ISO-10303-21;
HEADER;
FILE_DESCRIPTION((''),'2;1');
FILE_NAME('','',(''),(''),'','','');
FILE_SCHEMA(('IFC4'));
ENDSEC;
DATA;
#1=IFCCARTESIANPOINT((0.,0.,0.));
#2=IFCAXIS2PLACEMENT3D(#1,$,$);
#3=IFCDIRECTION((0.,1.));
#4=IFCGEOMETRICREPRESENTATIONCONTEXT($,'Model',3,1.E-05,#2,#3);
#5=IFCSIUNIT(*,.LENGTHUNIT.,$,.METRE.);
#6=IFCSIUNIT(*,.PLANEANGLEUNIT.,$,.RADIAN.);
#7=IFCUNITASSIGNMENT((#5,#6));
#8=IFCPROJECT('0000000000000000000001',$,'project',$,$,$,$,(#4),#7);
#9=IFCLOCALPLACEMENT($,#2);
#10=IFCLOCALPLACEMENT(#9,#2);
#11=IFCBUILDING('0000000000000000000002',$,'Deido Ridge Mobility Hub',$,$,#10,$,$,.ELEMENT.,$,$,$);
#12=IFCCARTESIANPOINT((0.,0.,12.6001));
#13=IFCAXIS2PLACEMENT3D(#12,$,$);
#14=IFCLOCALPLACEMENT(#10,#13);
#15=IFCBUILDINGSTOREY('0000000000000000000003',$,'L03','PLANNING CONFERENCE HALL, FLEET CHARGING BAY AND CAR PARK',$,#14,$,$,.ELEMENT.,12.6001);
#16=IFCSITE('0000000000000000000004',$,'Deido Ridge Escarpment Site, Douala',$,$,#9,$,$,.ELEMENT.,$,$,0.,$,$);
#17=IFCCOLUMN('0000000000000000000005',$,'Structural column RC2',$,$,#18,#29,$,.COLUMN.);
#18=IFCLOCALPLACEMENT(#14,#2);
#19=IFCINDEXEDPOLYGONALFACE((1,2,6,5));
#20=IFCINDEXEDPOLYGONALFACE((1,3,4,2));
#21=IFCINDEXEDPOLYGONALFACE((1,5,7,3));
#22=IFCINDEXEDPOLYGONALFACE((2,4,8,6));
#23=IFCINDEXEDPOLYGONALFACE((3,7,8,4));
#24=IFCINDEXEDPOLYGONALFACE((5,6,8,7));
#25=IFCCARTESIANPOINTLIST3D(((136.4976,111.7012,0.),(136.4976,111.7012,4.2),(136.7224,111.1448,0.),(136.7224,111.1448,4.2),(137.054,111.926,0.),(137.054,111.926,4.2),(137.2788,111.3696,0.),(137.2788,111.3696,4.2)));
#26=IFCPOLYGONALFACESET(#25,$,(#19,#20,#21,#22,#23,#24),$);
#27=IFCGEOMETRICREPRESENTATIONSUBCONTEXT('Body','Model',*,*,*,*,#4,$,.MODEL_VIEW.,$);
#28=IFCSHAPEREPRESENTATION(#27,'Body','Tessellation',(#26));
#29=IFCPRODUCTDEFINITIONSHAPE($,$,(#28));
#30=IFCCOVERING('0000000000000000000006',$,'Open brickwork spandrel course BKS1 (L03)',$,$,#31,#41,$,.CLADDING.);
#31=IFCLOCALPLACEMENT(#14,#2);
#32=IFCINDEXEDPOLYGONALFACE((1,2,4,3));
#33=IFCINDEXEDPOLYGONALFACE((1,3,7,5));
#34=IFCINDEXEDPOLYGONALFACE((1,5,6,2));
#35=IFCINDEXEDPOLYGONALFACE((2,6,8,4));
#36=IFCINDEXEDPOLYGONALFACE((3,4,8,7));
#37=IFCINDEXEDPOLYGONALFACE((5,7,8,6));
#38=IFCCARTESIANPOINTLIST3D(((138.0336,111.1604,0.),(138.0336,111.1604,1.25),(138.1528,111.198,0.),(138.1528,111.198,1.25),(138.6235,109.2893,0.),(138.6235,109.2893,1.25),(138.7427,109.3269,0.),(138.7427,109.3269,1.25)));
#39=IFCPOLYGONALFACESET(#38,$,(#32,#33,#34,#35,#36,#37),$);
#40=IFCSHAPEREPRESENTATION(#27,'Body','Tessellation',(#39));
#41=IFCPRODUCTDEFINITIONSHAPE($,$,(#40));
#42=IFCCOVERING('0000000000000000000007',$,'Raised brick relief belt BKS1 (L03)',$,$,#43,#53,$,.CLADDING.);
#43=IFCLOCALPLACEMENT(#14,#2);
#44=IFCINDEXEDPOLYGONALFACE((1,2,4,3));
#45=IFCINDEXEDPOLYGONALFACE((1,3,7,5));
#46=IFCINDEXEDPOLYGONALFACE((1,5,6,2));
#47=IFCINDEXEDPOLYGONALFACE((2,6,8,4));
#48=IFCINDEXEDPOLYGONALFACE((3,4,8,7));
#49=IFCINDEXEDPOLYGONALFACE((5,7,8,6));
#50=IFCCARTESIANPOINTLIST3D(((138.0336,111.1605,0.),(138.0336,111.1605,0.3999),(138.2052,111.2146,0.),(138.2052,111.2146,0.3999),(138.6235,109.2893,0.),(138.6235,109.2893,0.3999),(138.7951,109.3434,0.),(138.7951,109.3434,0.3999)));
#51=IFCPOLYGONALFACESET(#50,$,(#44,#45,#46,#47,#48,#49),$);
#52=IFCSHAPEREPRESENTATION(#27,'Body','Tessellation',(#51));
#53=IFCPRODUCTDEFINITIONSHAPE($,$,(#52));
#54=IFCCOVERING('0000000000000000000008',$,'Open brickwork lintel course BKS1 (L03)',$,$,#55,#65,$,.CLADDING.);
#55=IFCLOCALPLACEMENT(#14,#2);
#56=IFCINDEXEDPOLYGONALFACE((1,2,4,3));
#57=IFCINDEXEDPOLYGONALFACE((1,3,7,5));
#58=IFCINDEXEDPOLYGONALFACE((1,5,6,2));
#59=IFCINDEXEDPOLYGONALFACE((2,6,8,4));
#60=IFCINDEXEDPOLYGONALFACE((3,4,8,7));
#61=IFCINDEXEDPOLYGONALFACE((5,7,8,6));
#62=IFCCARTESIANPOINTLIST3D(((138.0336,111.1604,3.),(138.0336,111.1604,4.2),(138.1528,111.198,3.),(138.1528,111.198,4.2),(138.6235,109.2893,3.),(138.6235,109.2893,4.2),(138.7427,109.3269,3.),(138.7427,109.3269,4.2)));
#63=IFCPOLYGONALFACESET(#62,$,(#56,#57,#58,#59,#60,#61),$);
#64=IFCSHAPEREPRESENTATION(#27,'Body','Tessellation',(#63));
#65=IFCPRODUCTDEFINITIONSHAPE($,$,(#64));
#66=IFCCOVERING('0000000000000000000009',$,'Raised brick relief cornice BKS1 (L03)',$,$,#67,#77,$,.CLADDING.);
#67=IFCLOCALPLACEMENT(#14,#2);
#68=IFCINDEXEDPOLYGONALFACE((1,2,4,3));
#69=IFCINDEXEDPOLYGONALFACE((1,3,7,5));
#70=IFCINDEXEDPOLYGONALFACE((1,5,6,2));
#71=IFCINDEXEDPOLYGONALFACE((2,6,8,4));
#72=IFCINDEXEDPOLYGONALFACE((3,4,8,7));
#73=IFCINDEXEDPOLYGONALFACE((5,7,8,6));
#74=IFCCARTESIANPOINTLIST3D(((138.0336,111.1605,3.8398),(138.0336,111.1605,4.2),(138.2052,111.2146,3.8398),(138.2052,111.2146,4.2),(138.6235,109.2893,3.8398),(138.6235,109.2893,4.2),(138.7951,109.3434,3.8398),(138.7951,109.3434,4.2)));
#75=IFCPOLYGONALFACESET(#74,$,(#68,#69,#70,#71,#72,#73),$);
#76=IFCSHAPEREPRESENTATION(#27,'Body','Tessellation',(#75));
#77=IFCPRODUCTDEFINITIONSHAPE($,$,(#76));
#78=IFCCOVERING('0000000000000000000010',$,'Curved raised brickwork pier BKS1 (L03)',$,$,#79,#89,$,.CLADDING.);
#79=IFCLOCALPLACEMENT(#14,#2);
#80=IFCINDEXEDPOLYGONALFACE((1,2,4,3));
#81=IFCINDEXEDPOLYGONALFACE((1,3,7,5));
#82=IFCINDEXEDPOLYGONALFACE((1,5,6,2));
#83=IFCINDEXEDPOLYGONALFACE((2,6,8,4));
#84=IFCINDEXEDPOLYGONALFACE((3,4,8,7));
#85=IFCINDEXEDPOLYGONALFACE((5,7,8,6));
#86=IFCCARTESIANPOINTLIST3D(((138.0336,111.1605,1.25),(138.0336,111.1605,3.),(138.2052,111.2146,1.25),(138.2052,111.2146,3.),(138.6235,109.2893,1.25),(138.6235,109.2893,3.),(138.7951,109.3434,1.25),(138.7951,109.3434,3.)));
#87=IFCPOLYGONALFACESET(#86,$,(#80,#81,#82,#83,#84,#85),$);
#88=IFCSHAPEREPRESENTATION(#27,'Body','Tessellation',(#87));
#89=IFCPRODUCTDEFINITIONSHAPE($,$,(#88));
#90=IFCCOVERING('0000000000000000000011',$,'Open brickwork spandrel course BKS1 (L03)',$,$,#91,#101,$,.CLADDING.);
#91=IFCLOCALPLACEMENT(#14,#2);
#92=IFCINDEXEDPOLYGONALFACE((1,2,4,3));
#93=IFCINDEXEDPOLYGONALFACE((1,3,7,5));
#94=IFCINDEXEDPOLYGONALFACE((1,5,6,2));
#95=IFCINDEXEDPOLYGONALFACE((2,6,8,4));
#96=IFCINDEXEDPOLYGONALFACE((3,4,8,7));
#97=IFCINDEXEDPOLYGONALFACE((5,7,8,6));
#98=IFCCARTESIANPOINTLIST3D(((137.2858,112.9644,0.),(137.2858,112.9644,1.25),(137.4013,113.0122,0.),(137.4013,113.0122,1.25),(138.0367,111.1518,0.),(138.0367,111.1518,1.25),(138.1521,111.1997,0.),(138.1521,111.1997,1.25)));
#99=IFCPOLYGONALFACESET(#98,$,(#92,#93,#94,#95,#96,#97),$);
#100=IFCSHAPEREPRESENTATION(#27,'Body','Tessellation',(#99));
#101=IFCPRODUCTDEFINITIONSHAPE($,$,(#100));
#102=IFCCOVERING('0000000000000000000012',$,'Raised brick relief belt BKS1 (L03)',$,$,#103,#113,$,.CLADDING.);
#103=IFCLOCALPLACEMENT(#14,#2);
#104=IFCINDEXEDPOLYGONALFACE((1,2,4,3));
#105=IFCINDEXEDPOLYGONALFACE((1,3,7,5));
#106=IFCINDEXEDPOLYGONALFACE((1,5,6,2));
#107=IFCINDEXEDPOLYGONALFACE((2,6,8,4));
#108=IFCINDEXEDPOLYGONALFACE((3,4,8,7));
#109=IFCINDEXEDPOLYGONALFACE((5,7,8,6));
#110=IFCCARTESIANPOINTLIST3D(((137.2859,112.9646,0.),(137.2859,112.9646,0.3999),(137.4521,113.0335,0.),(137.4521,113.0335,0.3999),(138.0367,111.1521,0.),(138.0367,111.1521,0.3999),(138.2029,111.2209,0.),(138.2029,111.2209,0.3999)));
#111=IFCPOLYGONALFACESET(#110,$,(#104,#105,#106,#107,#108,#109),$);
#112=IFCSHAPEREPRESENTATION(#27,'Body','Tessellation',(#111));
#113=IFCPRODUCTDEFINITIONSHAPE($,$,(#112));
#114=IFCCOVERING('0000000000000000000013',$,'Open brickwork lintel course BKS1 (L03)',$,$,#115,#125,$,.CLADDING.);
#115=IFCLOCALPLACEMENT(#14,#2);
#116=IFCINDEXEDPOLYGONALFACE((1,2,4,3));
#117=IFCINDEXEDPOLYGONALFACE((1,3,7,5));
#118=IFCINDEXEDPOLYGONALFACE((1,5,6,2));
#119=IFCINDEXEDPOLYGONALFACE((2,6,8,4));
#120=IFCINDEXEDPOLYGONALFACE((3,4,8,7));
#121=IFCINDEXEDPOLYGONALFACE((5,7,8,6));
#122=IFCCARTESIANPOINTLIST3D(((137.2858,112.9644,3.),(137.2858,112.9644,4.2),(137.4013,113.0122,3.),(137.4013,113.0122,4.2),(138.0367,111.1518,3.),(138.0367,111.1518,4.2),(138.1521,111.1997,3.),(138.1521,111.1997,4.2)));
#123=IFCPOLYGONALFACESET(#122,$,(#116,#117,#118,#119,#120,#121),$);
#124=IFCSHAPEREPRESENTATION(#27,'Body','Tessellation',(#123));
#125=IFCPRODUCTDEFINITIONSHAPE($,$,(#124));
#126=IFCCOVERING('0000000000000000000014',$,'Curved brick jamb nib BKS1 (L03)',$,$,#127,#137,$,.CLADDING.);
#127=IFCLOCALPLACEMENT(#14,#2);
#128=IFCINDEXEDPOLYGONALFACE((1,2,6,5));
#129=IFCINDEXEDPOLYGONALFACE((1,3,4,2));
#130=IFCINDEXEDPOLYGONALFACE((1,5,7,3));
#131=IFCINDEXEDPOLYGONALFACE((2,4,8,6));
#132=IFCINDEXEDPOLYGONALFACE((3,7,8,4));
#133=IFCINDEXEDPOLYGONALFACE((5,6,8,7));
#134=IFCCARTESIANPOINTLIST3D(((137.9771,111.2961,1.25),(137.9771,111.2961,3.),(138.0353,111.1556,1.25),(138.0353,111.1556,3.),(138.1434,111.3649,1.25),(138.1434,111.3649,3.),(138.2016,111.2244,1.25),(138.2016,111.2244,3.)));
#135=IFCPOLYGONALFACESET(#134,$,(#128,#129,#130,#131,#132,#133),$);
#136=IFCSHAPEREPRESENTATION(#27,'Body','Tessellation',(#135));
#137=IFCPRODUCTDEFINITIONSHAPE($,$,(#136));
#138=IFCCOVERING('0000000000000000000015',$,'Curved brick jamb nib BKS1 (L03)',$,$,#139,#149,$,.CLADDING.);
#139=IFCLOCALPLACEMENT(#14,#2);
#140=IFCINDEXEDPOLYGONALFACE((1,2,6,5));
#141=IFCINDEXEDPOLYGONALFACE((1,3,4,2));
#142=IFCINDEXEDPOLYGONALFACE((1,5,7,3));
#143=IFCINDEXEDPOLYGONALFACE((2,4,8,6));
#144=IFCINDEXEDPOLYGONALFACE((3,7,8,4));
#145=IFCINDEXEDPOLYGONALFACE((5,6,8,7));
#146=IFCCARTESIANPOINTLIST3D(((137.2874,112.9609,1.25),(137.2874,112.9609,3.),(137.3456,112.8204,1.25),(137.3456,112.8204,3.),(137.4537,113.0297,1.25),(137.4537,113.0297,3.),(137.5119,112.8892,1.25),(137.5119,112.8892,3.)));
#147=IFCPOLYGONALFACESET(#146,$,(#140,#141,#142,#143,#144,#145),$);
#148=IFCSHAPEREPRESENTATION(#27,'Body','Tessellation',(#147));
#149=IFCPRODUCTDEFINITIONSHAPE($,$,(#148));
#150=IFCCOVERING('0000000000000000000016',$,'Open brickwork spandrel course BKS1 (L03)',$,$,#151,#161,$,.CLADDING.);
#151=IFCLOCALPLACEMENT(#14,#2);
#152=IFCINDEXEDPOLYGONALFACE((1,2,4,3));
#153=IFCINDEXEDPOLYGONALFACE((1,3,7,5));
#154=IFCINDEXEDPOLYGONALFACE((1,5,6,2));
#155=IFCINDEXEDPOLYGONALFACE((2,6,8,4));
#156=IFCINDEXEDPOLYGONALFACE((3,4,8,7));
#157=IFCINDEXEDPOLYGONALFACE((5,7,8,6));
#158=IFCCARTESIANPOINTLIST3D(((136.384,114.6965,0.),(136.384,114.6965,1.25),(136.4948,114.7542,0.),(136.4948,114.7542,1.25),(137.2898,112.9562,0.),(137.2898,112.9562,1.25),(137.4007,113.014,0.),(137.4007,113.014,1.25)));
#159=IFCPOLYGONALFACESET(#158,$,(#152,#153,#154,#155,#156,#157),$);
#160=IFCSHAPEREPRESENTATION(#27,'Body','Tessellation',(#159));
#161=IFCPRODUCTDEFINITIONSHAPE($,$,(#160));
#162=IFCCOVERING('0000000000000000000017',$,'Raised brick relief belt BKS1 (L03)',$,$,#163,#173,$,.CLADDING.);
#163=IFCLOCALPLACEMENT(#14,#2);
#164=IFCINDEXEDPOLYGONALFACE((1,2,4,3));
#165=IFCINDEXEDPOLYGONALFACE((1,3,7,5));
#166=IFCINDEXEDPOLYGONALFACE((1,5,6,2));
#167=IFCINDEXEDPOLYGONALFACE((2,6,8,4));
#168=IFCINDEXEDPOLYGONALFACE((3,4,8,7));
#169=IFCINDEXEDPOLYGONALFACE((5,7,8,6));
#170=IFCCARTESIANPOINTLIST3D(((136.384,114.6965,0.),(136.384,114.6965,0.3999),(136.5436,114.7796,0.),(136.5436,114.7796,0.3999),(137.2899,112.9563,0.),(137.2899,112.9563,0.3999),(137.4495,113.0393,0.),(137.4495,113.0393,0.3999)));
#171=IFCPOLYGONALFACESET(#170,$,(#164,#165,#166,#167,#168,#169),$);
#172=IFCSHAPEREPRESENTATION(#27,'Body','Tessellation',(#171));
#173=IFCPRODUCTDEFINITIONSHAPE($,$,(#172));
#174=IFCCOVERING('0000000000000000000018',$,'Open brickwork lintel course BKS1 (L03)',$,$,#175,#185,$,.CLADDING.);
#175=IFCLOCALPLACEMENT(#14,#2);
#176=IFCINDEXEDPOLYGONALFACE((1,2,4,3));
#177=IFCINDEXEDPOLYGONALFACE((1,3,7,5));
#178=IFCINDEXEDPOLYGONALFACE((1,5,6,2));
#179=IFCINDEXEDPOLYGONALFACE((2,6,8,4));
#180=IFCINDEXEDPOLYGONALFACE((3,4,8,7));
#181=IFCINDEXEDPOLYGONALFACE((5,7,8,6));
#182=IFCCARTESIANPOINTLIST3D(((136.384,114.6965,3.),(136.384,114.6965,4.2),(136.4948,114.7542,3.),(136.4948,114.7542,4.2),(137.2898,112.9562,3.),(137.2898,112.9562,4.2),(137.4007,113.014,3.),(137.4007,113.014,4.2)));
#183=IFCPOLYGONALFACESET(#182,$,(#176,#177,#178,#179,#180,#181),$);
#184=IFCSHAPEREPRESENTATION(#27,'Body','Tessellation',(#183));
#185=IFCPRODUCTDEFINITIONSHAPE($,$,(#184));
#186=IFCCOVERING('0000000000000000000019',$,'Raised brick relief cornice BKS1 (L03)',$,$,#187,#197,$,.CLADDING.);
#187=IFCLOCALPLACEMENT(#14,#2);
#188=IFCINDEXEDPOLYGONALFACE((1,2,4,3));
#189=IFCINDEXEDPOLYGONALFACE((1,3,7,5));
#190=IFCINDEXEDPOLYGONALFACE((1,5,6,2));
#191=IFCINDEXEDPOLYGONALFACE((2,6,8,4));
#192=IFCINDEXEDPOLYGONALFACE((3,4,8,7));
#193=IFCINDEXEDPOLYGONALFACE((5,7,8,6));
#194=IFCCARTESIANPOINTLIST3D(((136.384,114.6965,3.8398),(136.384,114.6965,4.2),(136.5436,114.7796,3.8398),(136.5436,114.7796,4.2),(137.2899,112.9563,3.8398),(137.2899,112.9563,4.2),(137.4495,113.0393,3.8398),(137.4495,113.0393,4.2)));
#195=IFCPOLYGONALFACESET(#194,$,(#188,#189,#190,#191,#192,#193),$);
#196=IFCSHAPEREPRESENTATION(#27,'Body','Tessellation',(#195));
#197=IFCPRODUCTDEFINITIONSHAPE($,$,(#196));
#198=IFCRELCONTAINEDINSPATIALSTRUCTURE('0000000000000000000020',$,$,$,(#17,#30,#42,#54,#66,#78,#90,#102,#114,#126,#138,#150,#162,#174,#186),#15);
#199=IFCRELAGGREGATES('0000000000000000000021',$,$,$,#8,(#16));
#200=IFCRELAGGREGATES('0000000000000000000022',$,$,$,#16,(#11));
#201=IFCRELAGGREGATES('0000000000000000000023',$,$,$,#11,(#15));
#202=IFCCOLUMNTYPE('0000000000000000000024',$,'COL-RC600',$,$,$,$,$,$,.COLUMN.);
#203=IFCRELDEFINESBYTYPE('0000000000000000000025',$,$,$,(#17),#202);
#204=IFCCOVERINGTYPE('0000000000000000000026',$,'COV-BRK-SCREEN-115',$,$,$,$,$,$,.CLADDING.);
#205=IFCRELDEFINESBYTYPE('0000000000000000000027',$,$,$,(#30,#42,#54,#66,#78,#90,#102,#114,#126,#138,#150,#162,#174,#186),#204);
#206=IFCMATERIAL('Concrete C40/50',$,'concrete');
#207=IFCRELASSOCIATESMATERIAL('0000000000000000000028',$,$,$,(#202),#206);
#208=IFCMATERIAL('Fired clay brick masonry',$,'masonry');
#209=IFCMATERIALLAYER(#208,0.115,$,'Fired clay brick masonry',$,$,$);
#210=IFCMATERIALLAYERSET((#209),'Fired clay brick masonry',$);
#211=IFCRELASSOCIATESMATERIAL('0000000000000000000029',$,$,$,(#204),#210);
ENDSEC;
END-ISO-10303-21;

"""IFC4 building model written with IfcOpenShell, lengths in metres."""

from ifc_helpers import new_model, si_unit, direction, frame, origin, origin_2d, place, context, subcontext, project, spatial, rectangle, extrude, material, layer, layer_set, material_profile, profile_set, type_object, element, save


model = new_model("IFC4")

# Units and contexts
model_context = context("Model", 3, precision=1e-05, world=origin(), true_north=direction((0.0, 1.0)))
body_context = subcontext(model_context, "Body", "Model", "MODEL_VIEW")
ifc_project = project(units=[si_unit("LENGTHUNIT", "METRE"), si_unit("PLANEANGLEUNIT", "RADIAN")], contexts=[model_context])

# Site, building, storey
site_placement = place(None, origin())
site = spatial("IfcSite", under=ifc_project, at=site_placement, Name="Deido Ridge Escarpment Site, Douala", CompositionType="ELEMENT", RefElevation=0.0)
building_placement = place(site_placement, origin())
building = spatial("IfcBuilding", under=site, at=building_placement, Name="Deido Ridge Mobility Hub", CompositionType="ELEMENT")
storey_placement = place(building_placement, frame((0.0, 0.0, 12.6001)))
storey = spatial("IfcBuildingStorey", under=building, at=storey_placement, Name="L03", Description="PLANNING CONFERENCE HALL, FLEET CHARGING BAY AND CAR PARK", CompositionType="ELEMENT", Elevation=12.6001)

# Column
ifc_material_1 = material(Name="Concrete C40/50", Category="concrete")
ifc_material_profile = material_profile(ifc_material_1, rectangle(XDim=0.6001, YDim=0.6001, at=origin_2d()), Name="RC COL 600x600")
ifc_profile_set = profile_set([ifc_material_profile], Name="Concrete C40/50")
column_type = type_object("IfcColumnType", Name="COL-RC600", PredefinedType="COLUMN", material=ifc_profile_set)
column_placement = place(storey_placement, frame((136.8882, 111.5354, 0.0), z_axis=(0.0, 0.0, 1.0), x_axis=(0.927184, 0.374607, 0.0)))
element("IfcColumn", 1, at=column_placement, inside=storey, type_object=column_type, Name="Structural column RC2", PredefinedType="COLUMN", context=body_context, shape_type="SweptSolid", body=[
    extrude(rectangle(XDim=0.6001, YDim=0.6001, at=origin_2d()), origin(), (0.0, 0.0, 1.0), 4.2),
])

# Coverings
ifc_material_2 = material(Name="Fired clay brick masonry", Category="masonry")
ifc_layer = layer(ifc_material_2, 0.115, Name="Fired clay brick masonry")
ifc_layer_set = layer_set([ifc_layer], Name="Fired clay brick masonry")
covering_type = type_object("IfcCoveringType", Name="COV-BRK-SCREEN-115", PredefinedType="CLADDING", material=ifc_layer_set)
covering_1_placement = place(storey_placement, frame((138.3882, 110.2437, 0.0), z_axis=(0.0, 0.0, 1.0), x_axis=(-0.300673, 0.953727, 0.0)))
element("IfcCovering", 2, at=covering_1_placement, inside=storey, type_object=covering_type, Name="Open brickwork spandrel course BKS1 (L03)", PredefinedType="CLADDING", context=body_context, shape_type="SweptSolid", body=[
    extrude(rectangle(XDim=1.9619, YDim=0.125, at=origin_2d()), origin(), (0.0, 0.0, 1.0), 1.25),
])
covering_2_placement = place(storey_placement, frame((138.4143, 110.252, 0.0), z_axis=(0.0, 0.0, 1.0), x_axis=(-0.300673, 0.953727, 0.0)))
element("IfcCovering", 3, at=covering_2_placement, inside=storey, type_object=covering_type, Name="Raised brick relief belt BKS1 (L03)", PredefinedType="CLADDING", context=body_context, shape_type="SweptSolid", body=[
    extrude(rectangle(XDim=1.9619, YDim=0.1799, at=origin_2d()), origin(), (0.0, 0.0, 1.0), 0.3999),
])
covering_3_placement = place(storey_placement, frame((138.3882, 110.2437, 3.0), z_axis=(0.0, 0.0, 1.0), x_axis=(-0.300673, 0.953727, 0.0)))
element("IfcCovering", 4, at=covering_3_placement, inside=storey, type_object=covering_type, Name="Open brickwork lintel course BKS1 (L03)", PredefinedType="CLADDING", context=body_context, shape_type="SweptSolid", body=[
    extrude(rectangle(XDim=1.9619, YDim=0.125, at=origin_2d()), origin(), (0.0, 0.0, 1.0), 1.2),
])
covering_4_placement = place(storey_placement, frame((138.4143, 110.252, 3.8398), z_axis=(0.0, 0.0, 1.0), x_axis=(-0.300673, 0.953727, 0.0)))
element("IfcCovering", 5, at=covering_4_placement, inside=storey, type_object=covering_type, Name="Raised brick relief cornice BKS1 (L03)", PredefinedType="CLADDING", context=body_context, shape_type="SweptSolid", body=[
    extrude(rectangle(XDim=1.9619, YDim=0.1799, at=origin_2d()), origin(), (0.0, 0.0, 1.0), 0.3601),
])
covering_5_placement = place(storey_placement, frame((138.4143, 110.252, 1.25), z_axis=(0.0, 0.0, 1.0), x_axis=(-0.300673, 0.953727, 0.0)))
element("IfcCovering", 6, at=covering_5_placement, inside=storey, type_object=covering_type, Name="Curved raised brickwork pier BKS1 (L03)", PredefinedType="CLADDING", context=body_context, shape_type="SweptSolid", body=[
    extrude(rectangle(XDim=1.9619, YDim=0.1799, at=origin_2d()), origin(), (0.0, 0.0, 1.0), 1.75),
])
covering_6_placement = place(storey_placement, frame((137.719, 112.082, 0.0), z_axis=(0.0, 0.0, 1.0), x_axis=(-0.3827, 0.923873, 0.0)))
element("IfcCovering", 7, at=covering_6_placement, inside=storey, type_object=covering_type, Name="Open brickwork spandrel course BKS1 (L03)", PredefinedType="CLADDING", context=body_context, shape_type="SweptSolid", body=[
    extrude(rectangle(XDim=1.9619, YDim=0.125, at=origin_2d()), origin(), (0.0, 0.0, 1.0), 1.25),
])
covering_7_placement = place(storey_placement, frame((137.7444, 112.0928, 0.0), z_axis=(0.0, 0.0, 1.0), x_axis=(-0.3827, 0.923873, 0.0)))
element("IfcCovering", 8, at=covering_7_placement, inside=storey, type_object=covering_type, Name="Raised brick relief belt BKS1 (L03)", PredefinedType="CLADDING", context=body_context, shape_type="SweptSolid", body=[
    extrude(rectangle(XDim=1.9619, YDim=0.1799, at=origin_2d()), origin(), (0.0, 0.0, 1.0), 0.3999),
])
covering_8_placement = place(storey_placement, frame((137.719, 112.082, 3.0), z_axis=(0.0, 0.0, 1.0), x_axis=(-0.3827, 0.923873, 0.0)))
element("IfcCovering", 9, at=covering_8_placement, inside=storey, type_object=covering_type, Name="Open brickwork lintel course BKS1 (L03)", PredefinedType="CLADDING", context=body_context, shape_type="SweptSolid", body=[
    extrude(rectangle(XDim=1.9619, YDim=0.125, at=origin_2d()), origin(), (0.0, 0.0, 1.0), 1.2),
])
for number, where, z_axis, x_axis, name in (
    (10, (138.0894, 111.2603, 1.25), (0.0, 0.0, 1.0), (-0.3827, 0.923873, 0.0), "Curved brick jamb nib BKS1 (L03)"),
    (11, (137.3997, 112.925, 1.25), (0.0, 0.0, 1.0), (-0.3827, 0.923873, 0.0), "Curved brick jamb nib BKS1 (L03)"),
):
    element("IfcCovering", number, at=place(storey_placement, frame(where, z_axis=z_axis, x_axis=x_axis)), inside=storey, type_object=covering_type, Name=name, PredefinedType="CLADDING", context=body_context, shape_type="SweptSolid", body=[
        extrude(rectangle(XDim=0.1521, YDim=0.1799, at=origin_2d()), origin(), (0.0, 0.0, 1.0), 1.75),
    ])
covering_9_placement = place(storey_placement, frame((136.8923, 113.8552, 0.0), z_axis=(0.0, 0.0, 1.0), x_axis=(-0.461733, 0.887019, 0.0)))
element("IfcCovering", 12, at=covering_9_placement, inside=storey, type_object=covering_type, Name="Open brickwork spandrel course BKS1 (L03)", PredefinedType="CLADDING", context=body_context, shape_type="SweptSolid", body=[
    extrude(rectangle(XDim=1.9619, YDim=0.125, at=origin_2d()), origin(), (0.0, 0.0, 1.0), 1.25),
])
covering_10_placement = place(storey_placement, frame((136.9167, 113.8679, 0.0), z_axis=(0.0, 0.0, 1.0), x_axis=(-0.461733, 0.887019, 0.0)))
element("IfcCovering", 13, at=covering_10_placement, inside=storey, type_object=covering_type, Name="Raised brick relief belt BKS1 (L03)", PredefinedType="CLADDING", context=body_context, shape_type="SweptSolid", body=[
    extrude(rectangle(XDim=1.9619, YDim=0.1799, at=origin_2d()), origin(), (0.0, 0.0, 1.0), 0.3999),
])
covering_11_placement = place(storey_placement, frame((136.8923, 113.8552, 3.0), z_axis=(0.0, 0.0, 1.0), x_axis=(-0.461733, 0.887019, 0.0)))
element("IfcCovering", 14, at=covering_11_placement, inside=storey, type_object=covering_type, Name="Open brickwork lintel course BKS1 (L03)", PredefinedType="CLADDING", context=body_context, shape_type="SweptSolid", body=[
    extrude(rectangle(XDim=1.9619, YDim=0.125, at=origin_2d()), origin(), (0.0, 0.0, 1.0), 1.2),
])
covering_12_placement = place(storey_placement, frame((136.9167, 113.8679, 3.8398), z_axis=(0.0, 0.0, 1.0), x_axis=(-0.461733, 0.887019, 0.0)))
element("IfcCovering", 15, at=covering_12_placement, inside=storey, type_object=covering_type, Name="Raised brick relief cornice BKS1 (L03)", PredefinedType="CLADDING", context=body_context, shape_type="SweptSolid", body=[
    extrude(rectangle(XDim=1.9619, YDim=0.1799, at=origin_2d()), origin(), (0.0, 0.0, 1.0), 0.3601),
])

save(model, "model.ifc")
